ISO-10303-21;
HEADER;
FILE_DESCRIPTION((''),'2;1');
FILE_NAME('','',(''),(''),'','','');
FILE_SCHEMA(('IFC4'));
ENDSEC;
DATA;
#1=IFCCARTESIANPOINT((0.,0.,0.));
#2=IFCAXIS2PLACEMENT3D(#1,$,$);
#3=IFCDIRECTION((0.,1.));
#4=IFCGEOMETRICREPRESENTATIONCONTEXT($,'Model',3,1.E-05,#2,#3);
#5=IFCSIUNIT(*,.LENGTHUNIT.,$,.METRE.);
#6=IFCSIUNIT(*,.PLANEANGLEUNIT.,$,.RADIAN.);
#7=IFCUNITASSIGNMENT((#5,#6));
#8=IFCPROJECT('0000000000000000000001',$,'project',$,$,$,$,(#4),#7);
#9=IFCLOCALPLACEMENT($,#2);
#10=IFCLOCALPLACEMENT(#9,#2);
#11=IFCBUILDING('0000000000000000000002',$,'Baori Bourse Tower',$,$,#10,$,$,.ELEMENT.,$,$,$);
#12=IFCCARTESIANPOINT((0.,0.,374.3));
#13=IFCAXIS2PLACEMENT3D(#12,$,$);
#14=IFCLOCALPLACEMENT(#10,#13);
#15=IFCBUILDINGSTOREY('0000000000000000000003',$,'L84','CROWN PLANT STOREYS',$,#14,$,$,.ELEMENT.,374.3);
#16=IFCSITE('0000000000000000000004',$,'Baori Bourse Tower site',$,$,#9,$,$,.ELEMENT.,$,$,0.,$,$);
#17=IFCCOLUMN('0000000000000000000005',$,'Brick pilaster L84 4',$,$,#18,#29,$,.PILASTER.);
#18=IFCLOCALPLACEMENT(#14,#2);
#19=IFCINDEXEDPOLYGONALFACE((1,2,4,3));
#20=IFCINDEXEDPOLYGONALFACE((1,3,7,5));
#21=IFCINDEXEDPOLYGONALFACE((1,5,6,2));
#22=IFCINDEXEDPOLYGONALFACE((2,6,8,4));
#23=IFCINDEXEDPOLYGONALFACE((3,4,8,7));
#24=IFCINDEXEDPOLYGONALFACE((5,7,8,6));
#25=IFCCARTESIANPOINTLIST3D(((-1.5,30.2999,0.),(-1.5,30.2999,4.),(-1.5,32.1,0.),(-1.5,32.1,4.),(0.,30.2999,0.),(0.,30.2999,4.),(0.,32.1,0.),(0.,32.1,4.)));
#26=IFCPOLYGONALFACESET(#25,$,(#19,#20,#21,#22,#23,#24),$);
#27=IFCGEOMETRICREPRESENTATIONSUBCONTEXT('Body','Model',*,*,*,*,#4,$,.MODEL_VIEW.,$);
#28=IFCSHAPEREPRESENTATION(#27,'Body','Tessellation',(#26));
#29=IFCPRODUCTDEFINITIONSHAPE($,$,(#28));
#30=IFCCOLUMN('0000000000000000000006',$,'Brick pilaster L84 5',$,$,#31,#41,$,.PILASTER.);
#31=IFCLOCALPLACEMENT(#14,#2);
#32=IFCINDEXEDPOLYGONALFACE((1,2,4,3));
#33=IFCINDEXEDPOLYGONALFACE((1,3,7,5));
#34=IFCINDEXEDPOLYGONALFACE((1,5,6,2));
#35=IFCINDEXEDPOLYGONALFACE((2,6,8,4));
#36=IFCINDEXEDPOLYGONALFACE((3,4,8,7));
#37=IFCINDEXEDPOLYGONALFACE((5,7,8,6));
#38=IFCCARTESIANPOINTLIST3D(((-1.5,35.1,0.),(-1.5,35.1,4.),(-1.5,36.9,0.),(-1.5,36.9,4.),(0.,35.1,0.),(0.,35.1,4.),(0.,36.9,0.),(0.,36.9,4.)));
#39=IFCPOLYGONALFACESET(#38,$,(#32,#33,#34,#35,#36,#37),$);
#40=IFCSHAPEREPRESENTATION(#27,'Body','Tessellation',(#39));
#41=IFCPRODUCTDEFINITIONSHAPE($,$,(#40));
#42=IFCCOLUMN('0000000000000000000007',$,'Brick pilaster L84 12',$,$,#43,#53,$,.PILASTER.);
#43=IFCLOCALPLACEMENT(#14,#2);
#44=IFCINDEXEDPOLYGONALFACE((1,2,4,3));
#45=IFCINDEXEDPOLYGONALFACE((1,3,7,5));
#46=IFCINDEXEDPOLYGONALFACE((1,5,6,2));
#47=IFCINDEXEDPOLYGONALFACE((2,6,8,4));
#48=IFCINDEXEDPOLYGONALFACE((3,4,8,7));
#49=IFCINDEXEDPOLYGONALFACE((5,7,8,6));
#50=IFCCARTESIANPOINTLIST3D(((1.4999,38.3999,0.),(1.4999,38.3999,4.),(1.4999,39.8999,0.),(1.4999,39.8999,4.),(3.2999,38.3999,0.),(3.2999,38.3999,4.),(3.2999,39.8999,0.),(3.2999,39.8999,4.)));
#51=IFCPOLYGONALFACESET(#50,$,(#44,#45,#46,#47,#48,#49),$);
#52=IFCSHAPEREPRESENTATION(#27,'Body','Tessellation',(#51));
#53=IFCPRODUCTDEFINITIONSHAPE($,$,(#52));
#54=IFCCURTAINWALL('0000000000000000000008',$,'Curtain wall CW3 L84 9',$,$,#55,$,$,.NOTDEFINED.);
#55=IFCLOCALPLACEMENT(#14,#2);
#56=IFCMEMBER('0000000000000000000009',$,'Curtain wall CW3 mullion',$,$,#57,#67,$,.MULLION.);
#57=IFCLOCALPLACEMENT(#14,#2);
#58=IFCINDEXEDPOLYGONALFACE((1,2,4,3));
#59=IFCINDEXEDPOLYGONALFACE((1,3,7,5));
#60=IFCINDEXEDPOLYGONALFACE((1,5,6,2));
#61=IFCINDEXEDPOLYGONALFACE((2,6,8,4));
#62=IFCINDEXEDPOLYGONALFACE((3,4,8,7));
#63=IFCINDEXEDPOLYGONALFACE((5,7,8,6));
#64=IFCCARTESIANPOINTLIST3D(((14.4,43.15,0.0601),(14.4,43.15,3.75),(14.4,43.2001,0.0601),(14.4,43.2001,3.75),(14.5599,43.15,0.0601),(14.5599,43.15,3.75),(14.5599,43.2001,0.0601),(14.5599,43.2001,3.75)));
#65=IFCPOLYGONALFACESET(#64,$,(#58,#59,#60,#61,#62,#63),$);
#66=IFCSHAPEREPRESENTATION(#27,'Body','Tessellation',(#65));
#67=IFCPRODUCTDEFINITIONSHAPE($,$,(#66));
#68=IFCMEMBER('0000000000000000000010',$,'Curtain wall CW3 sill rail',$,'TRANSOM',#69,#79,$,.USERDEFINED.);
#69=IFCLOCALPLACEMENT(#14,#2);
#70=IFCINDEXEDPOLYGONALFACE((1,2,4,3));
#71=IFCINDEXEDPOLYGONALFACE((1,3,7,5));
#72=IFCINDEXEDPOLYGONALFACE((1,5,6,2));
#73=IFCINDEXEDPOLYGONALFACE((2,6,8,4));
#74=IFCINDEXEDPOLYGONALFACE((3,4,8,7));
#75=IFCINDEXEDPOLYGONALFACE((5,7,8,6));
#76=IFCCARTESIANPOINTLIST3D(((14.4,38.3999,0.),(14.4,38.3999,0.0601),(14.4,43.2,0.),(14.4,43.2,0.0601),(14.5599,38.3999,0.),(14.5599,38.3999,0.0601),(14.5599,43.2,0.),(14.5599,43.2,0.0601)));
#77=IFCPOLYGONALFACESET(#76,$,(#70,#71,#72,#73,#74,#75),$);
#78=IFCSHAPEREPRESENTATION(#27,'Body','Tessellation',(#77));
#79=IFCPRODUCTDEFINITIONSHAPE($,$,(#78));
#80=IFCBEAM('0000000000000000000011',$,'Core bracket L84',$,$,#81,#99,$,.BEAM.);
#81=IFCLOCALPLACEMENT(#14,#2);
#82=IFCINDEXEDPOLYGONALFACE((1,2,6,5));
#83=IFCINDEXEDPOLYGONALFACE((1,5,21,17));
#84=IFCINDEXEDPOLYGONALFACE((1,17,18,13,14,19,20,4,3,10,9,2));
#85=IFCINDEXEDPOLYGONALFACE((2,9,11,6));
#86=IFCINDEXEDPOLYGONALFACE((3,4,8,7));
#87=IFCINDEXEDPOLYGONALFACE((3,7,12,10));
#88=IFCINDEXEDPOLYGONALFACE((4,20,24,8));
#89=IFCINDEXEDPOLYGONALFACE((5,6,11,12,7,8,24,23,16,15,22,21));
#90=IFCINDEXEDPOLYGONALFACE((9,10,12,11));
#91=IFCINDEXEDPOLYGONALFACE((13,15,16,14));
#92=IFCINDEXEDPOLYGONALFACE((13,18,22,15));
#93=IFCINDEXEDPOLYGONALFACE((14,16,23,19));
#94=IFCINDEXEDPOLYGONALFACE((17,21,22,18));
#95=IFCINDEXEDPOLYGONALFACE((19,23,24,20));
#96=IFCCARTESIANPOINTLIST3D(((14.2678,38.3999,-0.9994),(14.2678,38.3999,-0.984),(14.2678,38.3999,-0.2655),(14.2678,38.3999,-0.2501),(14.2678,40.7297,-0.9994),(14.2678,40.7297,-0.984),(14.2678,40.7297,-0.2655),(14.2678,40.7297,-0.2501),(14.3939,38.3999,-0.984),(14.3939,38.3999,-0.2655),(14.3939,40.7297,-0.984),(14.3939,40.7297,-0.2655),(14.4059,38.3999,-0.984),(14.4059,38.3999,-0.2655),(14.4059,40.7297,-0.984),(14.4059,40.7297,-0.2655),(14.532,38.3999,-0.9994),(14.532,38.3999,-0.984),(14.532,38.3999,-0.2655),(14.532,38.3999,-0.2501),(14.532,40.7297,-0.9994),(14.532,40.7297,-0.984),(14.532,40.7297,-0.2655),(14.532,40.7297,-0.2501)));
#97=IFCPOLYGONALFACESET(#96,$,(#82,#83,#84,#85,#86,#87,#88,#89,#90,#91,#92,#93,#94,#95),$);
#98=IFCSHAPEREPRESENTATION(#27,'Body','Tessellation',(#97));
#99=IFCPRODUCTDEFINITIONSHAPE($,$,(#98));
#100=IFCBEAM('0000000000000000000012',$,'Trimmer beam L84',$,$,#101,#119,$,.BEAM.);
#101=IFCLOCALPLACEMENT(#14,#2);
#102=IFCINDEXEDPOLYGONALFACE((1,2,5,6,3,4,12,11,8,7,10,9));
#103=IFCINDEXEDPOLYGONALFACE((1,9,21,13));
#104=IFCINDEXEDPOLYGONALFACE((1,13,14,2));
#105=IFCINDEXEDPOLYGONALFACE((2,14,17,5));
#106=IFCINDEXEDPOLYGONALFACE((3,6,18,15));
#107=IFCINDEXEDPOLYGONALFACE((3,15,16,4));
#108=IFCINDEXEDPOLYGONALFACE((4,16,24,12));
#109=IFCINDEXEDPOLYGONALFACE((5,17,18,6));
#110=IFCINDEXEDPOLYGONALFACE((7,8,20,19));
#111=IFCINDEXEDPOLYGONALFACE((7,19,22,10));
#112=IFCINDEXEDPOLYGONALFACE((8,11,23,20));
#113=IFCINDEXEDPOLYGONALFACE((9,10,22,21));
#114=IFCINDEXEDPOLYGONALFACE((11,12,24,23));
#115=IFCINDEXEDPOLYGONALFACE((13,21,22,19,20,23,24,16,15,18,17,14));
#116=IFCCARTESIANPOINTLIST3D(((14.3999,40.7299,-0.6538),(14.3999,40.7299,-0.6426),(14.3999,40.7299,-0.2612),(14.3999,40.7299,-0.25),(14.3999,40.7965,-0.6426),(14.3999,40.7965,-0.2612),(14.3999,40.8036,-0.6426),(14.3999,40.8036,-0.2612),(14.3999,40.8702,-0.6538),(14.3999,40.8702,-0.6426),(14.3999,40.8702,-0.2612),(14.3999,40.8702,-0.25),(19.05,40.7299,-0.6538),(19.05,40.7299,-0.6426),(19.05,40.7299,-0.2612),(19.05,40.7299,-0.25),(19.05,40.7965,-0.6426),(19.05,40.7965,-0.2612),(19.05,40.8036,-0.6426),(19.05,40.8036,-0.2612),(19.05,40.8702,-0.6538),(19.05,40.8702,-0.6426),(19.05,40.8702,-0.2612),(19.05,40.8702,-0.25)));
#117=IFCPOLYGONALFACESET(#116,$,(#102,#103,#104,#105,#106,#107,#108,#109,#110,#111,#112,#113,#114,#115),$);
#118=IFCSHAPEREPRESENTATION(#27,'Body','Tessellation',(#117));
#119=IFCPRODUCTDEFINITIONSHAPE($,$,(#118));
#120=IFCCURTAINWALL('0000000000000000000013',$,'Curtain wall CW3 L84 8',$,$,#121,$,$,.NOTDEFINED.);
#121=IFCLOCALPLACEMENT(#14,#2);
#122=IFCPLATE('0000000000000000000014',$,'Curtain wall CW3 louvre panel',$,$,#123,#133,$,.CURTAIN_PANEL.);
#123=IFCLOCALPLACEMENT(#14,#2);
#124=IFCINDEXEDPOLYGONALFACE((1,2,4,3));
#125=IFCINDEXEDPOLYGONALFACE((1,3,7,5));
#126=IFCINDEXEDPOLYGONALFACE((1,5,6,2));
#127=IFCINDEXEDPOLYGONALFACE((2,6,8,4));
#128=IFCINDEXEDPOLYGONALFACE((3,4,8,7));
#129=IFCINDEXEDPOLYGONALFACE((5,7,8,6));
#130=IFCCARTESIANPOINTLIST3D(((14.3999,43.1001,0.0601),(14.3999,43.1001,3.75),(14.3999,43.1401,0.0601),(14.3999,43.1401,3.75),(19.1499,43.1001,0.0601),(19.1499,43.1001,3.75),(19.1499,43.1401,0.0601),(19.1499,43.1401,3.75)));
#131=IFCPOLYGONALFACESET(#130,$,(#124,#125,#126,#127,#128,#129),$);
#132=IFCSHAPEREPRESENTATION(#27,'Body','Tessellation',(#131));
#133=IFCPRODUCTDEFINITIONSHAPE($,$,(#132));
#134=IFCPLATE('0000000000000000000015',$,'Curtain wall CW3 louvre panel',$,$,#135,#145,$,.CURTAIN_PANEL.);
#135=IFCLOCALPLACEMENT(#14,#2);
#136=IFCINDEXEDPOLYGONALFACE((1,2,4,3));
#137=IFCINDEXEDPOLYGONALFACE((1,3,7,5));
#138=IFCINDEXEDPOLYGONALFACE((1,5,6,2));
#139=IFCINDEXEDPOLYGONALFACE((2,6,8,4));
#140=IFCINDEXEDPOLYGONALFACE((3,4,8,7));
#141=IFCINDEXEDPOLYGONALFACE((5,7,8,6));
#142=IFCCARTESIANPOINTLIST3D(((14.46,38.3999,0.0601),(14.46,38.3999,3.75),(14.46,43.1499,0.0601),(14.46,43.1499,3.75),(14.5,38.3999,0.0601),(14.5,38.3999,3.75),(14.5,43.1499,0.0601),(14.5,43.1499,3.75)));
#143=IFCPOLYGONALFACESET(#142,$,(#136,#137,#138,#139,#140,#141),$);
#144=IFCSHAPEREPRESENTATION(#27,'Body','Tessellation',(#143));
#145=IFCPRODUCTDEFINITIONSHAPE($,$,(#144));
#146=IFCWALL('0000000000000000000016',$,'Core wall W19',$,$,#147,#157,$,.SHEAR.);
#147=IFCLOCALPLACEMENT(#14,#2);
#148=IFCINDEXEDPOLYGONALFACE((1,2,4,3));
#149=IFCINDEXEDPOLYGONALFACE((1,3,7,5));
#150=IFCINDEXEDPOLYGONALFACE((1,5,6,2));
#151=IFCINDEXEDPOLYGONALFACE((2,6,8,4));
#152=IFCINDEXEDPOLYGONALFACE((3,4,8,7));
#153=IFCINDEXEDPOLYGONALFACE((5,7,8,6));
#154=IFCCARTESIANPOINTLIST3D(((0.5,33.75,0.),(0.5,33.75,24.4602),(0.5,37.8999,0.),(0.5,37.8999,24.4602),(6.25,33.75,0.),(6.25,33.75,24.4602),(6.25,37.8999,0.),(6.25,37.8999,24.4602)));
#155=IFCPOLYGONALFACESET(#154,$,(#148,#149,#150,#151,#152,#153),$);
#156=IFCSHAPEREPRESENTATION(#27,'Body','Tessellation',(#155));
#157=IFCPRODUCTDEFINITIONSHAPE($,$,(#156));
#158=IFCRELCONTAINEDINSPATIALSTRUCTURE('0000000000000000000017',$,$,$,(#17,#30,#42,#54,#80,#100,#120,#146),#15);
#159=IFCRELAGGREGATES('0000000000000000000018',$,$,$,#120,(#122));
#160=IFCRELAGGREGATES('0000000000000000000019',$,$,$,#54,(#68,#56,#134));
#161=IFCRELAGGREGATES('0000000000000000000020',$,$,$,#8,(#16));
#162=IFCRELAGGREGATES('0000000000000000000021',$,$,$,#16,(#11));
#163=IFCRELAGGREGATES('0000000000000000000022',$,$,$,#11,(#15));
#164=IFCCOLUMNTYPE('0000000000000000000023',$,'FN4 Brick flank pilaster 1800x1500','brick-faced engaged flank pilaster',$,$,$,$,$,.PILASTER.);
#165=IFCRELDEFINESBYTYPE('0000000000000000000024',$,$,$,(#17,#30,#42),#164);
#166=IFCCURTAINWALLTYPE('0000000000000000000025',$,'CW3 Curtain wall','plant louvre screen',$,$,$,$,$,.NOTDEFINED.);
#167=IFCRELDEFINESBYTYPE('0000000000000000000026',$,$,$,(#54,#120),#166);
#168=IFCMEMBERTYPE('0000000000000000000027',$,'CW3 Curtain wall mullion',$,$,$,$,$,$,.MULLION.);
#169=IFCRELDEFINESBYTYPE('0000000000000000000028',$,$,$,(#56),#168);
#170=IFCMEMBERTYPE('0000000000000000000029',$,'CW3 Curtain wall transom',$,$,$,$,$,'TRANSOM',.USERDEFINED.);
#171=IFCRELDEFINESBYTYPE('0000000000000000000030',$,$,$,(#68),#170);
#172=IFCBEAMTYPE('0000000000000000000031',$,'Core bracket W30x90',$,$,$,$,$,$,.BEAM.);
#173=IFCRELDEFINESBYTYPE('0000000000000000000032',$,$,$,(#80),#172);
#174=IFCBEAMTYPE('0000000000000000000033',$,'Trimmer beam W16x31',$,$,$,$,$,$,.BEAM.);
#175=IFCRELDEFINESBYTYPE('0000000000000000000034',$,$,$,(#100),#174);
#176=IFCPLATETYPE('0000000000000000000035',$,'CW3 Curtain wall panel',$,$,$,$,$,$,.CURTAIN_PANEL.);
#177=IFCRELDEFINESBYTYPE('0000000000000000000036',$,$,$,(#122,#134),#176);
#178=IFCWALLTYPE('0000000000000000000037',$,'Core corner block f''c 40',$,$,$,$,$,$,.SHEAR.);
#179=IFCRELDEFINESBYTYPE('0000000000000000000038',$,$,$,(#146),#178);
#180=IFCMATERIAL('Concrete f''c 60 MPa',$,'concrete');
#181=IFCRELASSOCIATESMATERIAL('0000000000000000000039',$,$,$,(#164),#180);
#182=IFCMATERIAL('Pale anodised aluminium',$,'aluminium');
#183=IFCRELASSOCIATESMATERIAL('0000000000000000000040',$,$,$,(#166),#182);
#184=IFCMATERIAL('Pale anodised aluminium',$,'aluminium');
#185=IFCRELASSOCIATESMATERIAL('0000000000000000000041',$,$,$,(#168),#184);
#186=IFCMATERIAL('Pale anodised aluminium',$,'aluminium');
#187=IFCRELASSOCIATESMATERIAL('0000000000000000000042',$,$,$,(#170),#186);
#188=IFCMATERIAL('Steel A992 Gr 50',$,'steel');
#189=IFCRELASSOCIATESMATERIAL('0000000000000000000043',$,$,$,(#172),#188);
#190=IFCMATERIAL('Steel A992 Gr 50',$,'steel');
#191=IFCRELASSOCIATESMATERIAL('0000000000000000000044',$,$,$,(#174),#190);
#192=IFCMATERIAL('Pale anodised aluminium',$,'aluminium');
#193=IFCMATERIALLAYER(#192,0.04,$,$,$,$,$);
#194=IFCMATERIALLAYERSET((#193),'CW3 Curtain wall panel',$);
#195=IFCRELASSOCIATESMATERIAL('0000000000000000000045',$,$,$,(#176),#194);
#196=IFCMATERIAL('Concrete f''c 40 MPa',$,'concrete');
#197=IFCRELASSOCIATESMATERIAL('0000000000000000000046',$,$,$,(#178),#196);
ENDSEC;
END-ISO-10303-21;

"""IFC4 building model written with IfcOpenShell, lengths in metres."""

from ifc_helpers import new_model, si_unit, direction, frame, origin, origin_2d, place, context, subcontext, project, spatial, polyline, rectangle, i_section, outline, extrude, material, layer, layer_set, material_profile, profile_set, type_object, element, aggregate, save


model = new_model("IFC4")

# Units and contexts
model_context = context("Model", 3, precision=1e-05, world=origin(), true_north=direction((0.0, 1.0)))
body_context = subcontext(model_context, "Body", "Model", "MODEL_VIEW")
ifc_project = project(units=[si_unit("LENGTHUNIT", "METRE"), si_unit("PLANEANGLEUNIT", "RADIAN")], contexts=[model_context])

# Site, building, storey
site_placement = place(None, origin())
site = spatial("IfcSite", under=ifc_project, at=site_placement, Name="Baori Bourse Tower site", CompositionType="ELEMENT", RefElevation=0.0)
building_placement = place(site_placement, origin())
building = spatial("IfcBuilding", under=site, at=building_placement, Name="Baori Bourse Tower", CompositionType="ELEMENT")
storey_placement = place(building_placement, frame((0.0, 0.0, 374.3)))
storey = spatial("IfcBuildingStorey", under=building, at=storey_placement, Name="L84", Description="CROWN PLANT STOREYS", CompositionType="ELEMENT", Elevation=374.3)

# Columns
ifc_material_1 = material(Name="Concrete f'c 60 MPa", Category="concrete")
ifc_material_profile_1 = material_profile(ifc_material_1, rectangle(XDim=1.8, YDim=1.5, at=origin_2d()), Name="RC 1800x1500")
ifc_profile_set_1 = profile_set([ifc_material_profile_1], Name="Concrete f'c 60 MPa")
column_type = type_object("IfcColumnType", Name="FN4 Brick flank pilaster 1800x1500", Description="brick-faced engaged flank pilaster", PredefinedType="PILASTER", material=ifc_profile_set_1)
for number, where, z_axis, x_axis, name in (
    (1, (-0.75, 31.2, 0.0), (0.0, 0.0, 1.0), (0.0, 1.0, 0.0), "Brick pilaster L84 4"),
    (2, (-0.75, 36.0, 0.0), (0.0, 0.0, 1.0), (0.0, 1.0, 0.0), "Brick pilaster L84 5"),
    (3, (2.3999, 39.1499, 0.0), (0.0, 0.0, 1.0), (1.0, 0.0, 0.0), "Brick pilaster L84 12"),
):
    element("IfcColumn", number, at=place(storey_placement, frame(where, z_axis=z_axis, x_axis=x_axis)), inside=storey, type_object=column_type, Name=name, PredefinedType="PILASTER", context=body_context, shape_type="SweptSolid", body=[
        extrude(rectangle(XDim=1.8, YDim=1.5, at=origin_2d()), origin(), (0.0, 0.0, 1.0), 4.0),
    ])

# Curtain wall, members
ifc_material_2 = material(Name="Pale anodised aluminium", Category="aluminium")
curtain_wall_type = type_object("IfcCurtainWallType", Name="CW3 Curtain wall", Description="plant louvre screen", PredefinedType="NOTDEFINED", material=ifc_material_2)
curtain_wall_1_placement = place(storey_placement, origin())
curtain_wall_1 = element("IfcCurtainWall", 4, at=curtain_wall_1_placement, inside=storey, type_object=curtain_wall_type, Name="Curtain wall CW3 L84 9", PredefinedType="NOTDEFINED")
ifc_material_3 = material(Name="Pale anodised aluminium", Category="aluminium")
ifc_material_profile_2 = material_profile(ifc_material_3, rectangle(XDim=0.1599, YDim=0.05, at=origin_2d()), Name="Mullion 50x160")
ifc_profile_set_2 = profile_set([ifc_material_profile_2], Name="Pale anodised aluminium")
member_type_1 = type_object("IfcMemberType", Name="CW3 Curtain wall mullion", PredefinedType="MULLION", material=ifc_profile_set_2)
member_1_placement = place(storey_placement, frame((14.48, 43.175, 0.0601), z_axis=(0.0, 0.0, 1.0), x_axis=(1.0, 0.0, 0.0)))
member_1 = element("IfcMember", 5, at=member_1_placement, type_object=member_type_1, Name="Curtain wall CW3 mullion", PredefinedType="MULLION", context=body_context, shape_type="SweptSolid", body=[
    extrude(rectangle(XDim=0.1599, YDim=0.05, at=origin_2d()), origin(), (0.0, 0.0, 1.0), 3.6899),
])
ifc_material_4 = material(Name="Pale anodised aluminium", Category="aluminium")
ifc_material_profile_3 = material_profile(ifc_material_4, rectangle(XDim=0.1599, YDim=0.0601, at=origin_2d()), Name="Transom 60x160")
ifc_profile_set_3 = profile_set([ifc_material_profile_3], Name="Pale anodised aluminium")
member_type_2 = type_object("IfcMemberType", Name="CW3 Curtain wall transom", ElementType="TRANSOM", PredefinedType="USERDEFINED", material=ifc_profile_set_3)
member_2_placement = place(storey_placement, frame((14.48, 43.2, 0.03), z_axis=(0.0, -1.0, 0.0), x_axis=(1.0, 0.0, 0.0)))
member_2 = element("IfcMember", 6, at=member_2_placement, type_object=member_type_2, Name="Curtain wall CW3 sill rail", ObjectType="TRANSOM", PredefinedType="USERDEFINED", context=body_context, shape_type="SweptSolid", body=[
    extrude(rectangle(XDim=0.1599, YDim=0.0601, at=origin_2d()), origin(), (0.0, 0.0, 1.0), 4.8),
])

# Beams
ifc_material_5 = material(Name="Steel A992 Gr 50", Category="steel")
ifc_material_profile_4 = material_profile(ifc_material_5, i_section(OverallWidth=0.2642, OverallDepth=0.7493, WebThickness=0.012, FlangeThickness=0.0154, at=origin_2d()), Name="W30x90")
ifc_profile_set_4 = profile_set([ifc_material_profile_4], Name="Steel A992 Gr 50")
beam_type_1 = type_object("IfcBeamType", Name="Core bracket W30x90", PredefinedType="BEAM", material=ifc_profile_set_4)
beam_1_placement = place(storey_placement, frame((14.3999, 38.3999, -0.6248), z_axis=(0.0, 1.0, 0.0), x_axis=(-1.0, 0.0, 0.0)))
element("IfcBeam", 7, at=beam_1_placement, inside=storey, type_object=beam_type_1, Name="Core bracket L84", PredefinedType="BEAM", context=body_context, shape_type="SweptSolid", body=[
    extrude(i_section(OverallWidth=0.2642, OverallDepth=0.7493, WebThickness=0.012, FlangeThickness=0.0154, at=origin_2d()), origin(), (0.0, 0.0, 1.0), 2.3298),
])
ifc_material_6 = material(Name="Steel A992 Gr 50", Category="steel")
ifc_material_profile_5 = material_profile(ifc_material_6, i_section(OverallWidth=0.1404, OverallDepth=0.4038, WebThickness=0.0071, FlangeThickness=0.0112, at=origin_2d()), Name="W16x31")
ifc_profile_set_5 = profile_set([ifc_material_profile_5], Name="Steel A992 Gr 50")
beam_type_2 = type_object("IfcBeamType", Name="Trimmer beam W16x31", PredefinedType="BEAM", material=ifc_profile_set_5)
beam_2_placement = place(storey_placement, frame((14.3999, 40.8, -0.4519), z_axis=(1.0, 0.0, 0.0), x_axis=(0.0, 1.0, 0.0)))
element("IfcBeam", 8, at=beam_2_placement, inside=storey, type_object=beam_type_2, Name="Trimmer beam L84", PredefinedType="BEAM", context=body_context, shape_type="SweptSolid", body=[
    extrude(i_section(OverallWidth=0.1404, OverallDepth=0.4038, WebThickness=0.0071, FlangeThickness=0.0112, at=origin_2d()), origin(), (0.0, 0.0, 1.0), 4.6501),
])

# Curtain wall, plate
curtain_wall_2_placement = place(storey_placement, origin())
curtain_wall_2 = element("IfcCurtainWall", 9, at=curtain_wall_2_placement, inside=storey, type_object=curtain_wall_type, Name="Curtain wall CW3 L84 8", PredefinedType="NOTDEFINED")
ifc_material_7 = material(Name="Pale anodised aluminium", Category="aluminium")
ifc_layer_1 = layer(ifc_material_7, 0.04)
ifc_layer_set_1 = layer_set([ifc_layer_1], Name="CW3 Curtain wall panel")
plate_type = type_object("IfcPlateType", Name="CW3 Curtain wall panel", PredefinedType="CURTAIN_PANEL", material=ifc_layer_set_1)
plate_1_placement = place(storey_placement, frame((16.7749, 43.1201, 0.0601), z_axis=(0.0, 0.0, 1.0), x_axis=(-1.0, 0.0, 0.0)))
plate_1 = element("IfcPlate", 10, at=plate_1_placement, type_object=plate_type, Name="Curtain wall CW3 louvre panel", PredefinedType="CURTAIN_PANEL", context=body_context, shape_type="SweptSolid", body=[
    extrude(rectangle(XDim=4.75, YDim=0.04, at=origin_2d()), origin(), (0.0, 0.0, 1.0), 3.6899),
])
aggregate(curtain_wall_2, [plate_1])

# Plate
plate_2_placement = place(storey_placement, frame((14.48, 40.7749, 0.0601), z_axis=(0.0, 0.0, 1.0), x_axis=(0.0, -1.0, 0.0)))
plate_2 = element("IfcPlate", 11, at=plate_2_placement, type_object=plate_type, Name="Curtain wall CW3 louvre panel", PredefinedType="CURTAIN_PANEL", context=body_context, shape_type="SweptSolid", body=[
    extrude(rectangle(XDim=4.75, YDim=0.04, at=origin_2d()), origin(), (0.0, 0.0, 1.0), 3.6899),
])
aggregate(curtain_wall_1, [member_2, member_1, plate_2])

# Wall
ifc_material_8 = material(Name="Concrete f'c 40 MPa", Category="concrete")
wall_type_1 = type_object("IfcWallType", Name="Core corner block f'c 40", PredefinedType="SHEAR", material=ifc_material_8)
wall_1_placement = place(storey_placement, frame((0.5, 35.825, 0.0), z_axis=(0.0, 0.0, 1.0), x_axis=(1.0, 0.0, 0.0)))
element("IfcWall", 12, at=wall_1_placement, inside=storey, type_object=wall_type_1, Name="Core wall W19", PredefinedType="SHEAR", context=body_context, shape_type="SweptSolid", body=[
    extrude(outline(polyline([(0.0, 0.0), (5.75, 0.0), (5.75, 24.4602), (0.0, 24.4602), (0.0, 0.0)])), frame((0.0, 2.075, 0.0), z_axis=(0.0, -1.0, 0.0), x_axis=(1.0, 0.0, 0.0)), (0.0, 0.0, 1.0), 4.1499),
])

save(model, "model.ifc")
